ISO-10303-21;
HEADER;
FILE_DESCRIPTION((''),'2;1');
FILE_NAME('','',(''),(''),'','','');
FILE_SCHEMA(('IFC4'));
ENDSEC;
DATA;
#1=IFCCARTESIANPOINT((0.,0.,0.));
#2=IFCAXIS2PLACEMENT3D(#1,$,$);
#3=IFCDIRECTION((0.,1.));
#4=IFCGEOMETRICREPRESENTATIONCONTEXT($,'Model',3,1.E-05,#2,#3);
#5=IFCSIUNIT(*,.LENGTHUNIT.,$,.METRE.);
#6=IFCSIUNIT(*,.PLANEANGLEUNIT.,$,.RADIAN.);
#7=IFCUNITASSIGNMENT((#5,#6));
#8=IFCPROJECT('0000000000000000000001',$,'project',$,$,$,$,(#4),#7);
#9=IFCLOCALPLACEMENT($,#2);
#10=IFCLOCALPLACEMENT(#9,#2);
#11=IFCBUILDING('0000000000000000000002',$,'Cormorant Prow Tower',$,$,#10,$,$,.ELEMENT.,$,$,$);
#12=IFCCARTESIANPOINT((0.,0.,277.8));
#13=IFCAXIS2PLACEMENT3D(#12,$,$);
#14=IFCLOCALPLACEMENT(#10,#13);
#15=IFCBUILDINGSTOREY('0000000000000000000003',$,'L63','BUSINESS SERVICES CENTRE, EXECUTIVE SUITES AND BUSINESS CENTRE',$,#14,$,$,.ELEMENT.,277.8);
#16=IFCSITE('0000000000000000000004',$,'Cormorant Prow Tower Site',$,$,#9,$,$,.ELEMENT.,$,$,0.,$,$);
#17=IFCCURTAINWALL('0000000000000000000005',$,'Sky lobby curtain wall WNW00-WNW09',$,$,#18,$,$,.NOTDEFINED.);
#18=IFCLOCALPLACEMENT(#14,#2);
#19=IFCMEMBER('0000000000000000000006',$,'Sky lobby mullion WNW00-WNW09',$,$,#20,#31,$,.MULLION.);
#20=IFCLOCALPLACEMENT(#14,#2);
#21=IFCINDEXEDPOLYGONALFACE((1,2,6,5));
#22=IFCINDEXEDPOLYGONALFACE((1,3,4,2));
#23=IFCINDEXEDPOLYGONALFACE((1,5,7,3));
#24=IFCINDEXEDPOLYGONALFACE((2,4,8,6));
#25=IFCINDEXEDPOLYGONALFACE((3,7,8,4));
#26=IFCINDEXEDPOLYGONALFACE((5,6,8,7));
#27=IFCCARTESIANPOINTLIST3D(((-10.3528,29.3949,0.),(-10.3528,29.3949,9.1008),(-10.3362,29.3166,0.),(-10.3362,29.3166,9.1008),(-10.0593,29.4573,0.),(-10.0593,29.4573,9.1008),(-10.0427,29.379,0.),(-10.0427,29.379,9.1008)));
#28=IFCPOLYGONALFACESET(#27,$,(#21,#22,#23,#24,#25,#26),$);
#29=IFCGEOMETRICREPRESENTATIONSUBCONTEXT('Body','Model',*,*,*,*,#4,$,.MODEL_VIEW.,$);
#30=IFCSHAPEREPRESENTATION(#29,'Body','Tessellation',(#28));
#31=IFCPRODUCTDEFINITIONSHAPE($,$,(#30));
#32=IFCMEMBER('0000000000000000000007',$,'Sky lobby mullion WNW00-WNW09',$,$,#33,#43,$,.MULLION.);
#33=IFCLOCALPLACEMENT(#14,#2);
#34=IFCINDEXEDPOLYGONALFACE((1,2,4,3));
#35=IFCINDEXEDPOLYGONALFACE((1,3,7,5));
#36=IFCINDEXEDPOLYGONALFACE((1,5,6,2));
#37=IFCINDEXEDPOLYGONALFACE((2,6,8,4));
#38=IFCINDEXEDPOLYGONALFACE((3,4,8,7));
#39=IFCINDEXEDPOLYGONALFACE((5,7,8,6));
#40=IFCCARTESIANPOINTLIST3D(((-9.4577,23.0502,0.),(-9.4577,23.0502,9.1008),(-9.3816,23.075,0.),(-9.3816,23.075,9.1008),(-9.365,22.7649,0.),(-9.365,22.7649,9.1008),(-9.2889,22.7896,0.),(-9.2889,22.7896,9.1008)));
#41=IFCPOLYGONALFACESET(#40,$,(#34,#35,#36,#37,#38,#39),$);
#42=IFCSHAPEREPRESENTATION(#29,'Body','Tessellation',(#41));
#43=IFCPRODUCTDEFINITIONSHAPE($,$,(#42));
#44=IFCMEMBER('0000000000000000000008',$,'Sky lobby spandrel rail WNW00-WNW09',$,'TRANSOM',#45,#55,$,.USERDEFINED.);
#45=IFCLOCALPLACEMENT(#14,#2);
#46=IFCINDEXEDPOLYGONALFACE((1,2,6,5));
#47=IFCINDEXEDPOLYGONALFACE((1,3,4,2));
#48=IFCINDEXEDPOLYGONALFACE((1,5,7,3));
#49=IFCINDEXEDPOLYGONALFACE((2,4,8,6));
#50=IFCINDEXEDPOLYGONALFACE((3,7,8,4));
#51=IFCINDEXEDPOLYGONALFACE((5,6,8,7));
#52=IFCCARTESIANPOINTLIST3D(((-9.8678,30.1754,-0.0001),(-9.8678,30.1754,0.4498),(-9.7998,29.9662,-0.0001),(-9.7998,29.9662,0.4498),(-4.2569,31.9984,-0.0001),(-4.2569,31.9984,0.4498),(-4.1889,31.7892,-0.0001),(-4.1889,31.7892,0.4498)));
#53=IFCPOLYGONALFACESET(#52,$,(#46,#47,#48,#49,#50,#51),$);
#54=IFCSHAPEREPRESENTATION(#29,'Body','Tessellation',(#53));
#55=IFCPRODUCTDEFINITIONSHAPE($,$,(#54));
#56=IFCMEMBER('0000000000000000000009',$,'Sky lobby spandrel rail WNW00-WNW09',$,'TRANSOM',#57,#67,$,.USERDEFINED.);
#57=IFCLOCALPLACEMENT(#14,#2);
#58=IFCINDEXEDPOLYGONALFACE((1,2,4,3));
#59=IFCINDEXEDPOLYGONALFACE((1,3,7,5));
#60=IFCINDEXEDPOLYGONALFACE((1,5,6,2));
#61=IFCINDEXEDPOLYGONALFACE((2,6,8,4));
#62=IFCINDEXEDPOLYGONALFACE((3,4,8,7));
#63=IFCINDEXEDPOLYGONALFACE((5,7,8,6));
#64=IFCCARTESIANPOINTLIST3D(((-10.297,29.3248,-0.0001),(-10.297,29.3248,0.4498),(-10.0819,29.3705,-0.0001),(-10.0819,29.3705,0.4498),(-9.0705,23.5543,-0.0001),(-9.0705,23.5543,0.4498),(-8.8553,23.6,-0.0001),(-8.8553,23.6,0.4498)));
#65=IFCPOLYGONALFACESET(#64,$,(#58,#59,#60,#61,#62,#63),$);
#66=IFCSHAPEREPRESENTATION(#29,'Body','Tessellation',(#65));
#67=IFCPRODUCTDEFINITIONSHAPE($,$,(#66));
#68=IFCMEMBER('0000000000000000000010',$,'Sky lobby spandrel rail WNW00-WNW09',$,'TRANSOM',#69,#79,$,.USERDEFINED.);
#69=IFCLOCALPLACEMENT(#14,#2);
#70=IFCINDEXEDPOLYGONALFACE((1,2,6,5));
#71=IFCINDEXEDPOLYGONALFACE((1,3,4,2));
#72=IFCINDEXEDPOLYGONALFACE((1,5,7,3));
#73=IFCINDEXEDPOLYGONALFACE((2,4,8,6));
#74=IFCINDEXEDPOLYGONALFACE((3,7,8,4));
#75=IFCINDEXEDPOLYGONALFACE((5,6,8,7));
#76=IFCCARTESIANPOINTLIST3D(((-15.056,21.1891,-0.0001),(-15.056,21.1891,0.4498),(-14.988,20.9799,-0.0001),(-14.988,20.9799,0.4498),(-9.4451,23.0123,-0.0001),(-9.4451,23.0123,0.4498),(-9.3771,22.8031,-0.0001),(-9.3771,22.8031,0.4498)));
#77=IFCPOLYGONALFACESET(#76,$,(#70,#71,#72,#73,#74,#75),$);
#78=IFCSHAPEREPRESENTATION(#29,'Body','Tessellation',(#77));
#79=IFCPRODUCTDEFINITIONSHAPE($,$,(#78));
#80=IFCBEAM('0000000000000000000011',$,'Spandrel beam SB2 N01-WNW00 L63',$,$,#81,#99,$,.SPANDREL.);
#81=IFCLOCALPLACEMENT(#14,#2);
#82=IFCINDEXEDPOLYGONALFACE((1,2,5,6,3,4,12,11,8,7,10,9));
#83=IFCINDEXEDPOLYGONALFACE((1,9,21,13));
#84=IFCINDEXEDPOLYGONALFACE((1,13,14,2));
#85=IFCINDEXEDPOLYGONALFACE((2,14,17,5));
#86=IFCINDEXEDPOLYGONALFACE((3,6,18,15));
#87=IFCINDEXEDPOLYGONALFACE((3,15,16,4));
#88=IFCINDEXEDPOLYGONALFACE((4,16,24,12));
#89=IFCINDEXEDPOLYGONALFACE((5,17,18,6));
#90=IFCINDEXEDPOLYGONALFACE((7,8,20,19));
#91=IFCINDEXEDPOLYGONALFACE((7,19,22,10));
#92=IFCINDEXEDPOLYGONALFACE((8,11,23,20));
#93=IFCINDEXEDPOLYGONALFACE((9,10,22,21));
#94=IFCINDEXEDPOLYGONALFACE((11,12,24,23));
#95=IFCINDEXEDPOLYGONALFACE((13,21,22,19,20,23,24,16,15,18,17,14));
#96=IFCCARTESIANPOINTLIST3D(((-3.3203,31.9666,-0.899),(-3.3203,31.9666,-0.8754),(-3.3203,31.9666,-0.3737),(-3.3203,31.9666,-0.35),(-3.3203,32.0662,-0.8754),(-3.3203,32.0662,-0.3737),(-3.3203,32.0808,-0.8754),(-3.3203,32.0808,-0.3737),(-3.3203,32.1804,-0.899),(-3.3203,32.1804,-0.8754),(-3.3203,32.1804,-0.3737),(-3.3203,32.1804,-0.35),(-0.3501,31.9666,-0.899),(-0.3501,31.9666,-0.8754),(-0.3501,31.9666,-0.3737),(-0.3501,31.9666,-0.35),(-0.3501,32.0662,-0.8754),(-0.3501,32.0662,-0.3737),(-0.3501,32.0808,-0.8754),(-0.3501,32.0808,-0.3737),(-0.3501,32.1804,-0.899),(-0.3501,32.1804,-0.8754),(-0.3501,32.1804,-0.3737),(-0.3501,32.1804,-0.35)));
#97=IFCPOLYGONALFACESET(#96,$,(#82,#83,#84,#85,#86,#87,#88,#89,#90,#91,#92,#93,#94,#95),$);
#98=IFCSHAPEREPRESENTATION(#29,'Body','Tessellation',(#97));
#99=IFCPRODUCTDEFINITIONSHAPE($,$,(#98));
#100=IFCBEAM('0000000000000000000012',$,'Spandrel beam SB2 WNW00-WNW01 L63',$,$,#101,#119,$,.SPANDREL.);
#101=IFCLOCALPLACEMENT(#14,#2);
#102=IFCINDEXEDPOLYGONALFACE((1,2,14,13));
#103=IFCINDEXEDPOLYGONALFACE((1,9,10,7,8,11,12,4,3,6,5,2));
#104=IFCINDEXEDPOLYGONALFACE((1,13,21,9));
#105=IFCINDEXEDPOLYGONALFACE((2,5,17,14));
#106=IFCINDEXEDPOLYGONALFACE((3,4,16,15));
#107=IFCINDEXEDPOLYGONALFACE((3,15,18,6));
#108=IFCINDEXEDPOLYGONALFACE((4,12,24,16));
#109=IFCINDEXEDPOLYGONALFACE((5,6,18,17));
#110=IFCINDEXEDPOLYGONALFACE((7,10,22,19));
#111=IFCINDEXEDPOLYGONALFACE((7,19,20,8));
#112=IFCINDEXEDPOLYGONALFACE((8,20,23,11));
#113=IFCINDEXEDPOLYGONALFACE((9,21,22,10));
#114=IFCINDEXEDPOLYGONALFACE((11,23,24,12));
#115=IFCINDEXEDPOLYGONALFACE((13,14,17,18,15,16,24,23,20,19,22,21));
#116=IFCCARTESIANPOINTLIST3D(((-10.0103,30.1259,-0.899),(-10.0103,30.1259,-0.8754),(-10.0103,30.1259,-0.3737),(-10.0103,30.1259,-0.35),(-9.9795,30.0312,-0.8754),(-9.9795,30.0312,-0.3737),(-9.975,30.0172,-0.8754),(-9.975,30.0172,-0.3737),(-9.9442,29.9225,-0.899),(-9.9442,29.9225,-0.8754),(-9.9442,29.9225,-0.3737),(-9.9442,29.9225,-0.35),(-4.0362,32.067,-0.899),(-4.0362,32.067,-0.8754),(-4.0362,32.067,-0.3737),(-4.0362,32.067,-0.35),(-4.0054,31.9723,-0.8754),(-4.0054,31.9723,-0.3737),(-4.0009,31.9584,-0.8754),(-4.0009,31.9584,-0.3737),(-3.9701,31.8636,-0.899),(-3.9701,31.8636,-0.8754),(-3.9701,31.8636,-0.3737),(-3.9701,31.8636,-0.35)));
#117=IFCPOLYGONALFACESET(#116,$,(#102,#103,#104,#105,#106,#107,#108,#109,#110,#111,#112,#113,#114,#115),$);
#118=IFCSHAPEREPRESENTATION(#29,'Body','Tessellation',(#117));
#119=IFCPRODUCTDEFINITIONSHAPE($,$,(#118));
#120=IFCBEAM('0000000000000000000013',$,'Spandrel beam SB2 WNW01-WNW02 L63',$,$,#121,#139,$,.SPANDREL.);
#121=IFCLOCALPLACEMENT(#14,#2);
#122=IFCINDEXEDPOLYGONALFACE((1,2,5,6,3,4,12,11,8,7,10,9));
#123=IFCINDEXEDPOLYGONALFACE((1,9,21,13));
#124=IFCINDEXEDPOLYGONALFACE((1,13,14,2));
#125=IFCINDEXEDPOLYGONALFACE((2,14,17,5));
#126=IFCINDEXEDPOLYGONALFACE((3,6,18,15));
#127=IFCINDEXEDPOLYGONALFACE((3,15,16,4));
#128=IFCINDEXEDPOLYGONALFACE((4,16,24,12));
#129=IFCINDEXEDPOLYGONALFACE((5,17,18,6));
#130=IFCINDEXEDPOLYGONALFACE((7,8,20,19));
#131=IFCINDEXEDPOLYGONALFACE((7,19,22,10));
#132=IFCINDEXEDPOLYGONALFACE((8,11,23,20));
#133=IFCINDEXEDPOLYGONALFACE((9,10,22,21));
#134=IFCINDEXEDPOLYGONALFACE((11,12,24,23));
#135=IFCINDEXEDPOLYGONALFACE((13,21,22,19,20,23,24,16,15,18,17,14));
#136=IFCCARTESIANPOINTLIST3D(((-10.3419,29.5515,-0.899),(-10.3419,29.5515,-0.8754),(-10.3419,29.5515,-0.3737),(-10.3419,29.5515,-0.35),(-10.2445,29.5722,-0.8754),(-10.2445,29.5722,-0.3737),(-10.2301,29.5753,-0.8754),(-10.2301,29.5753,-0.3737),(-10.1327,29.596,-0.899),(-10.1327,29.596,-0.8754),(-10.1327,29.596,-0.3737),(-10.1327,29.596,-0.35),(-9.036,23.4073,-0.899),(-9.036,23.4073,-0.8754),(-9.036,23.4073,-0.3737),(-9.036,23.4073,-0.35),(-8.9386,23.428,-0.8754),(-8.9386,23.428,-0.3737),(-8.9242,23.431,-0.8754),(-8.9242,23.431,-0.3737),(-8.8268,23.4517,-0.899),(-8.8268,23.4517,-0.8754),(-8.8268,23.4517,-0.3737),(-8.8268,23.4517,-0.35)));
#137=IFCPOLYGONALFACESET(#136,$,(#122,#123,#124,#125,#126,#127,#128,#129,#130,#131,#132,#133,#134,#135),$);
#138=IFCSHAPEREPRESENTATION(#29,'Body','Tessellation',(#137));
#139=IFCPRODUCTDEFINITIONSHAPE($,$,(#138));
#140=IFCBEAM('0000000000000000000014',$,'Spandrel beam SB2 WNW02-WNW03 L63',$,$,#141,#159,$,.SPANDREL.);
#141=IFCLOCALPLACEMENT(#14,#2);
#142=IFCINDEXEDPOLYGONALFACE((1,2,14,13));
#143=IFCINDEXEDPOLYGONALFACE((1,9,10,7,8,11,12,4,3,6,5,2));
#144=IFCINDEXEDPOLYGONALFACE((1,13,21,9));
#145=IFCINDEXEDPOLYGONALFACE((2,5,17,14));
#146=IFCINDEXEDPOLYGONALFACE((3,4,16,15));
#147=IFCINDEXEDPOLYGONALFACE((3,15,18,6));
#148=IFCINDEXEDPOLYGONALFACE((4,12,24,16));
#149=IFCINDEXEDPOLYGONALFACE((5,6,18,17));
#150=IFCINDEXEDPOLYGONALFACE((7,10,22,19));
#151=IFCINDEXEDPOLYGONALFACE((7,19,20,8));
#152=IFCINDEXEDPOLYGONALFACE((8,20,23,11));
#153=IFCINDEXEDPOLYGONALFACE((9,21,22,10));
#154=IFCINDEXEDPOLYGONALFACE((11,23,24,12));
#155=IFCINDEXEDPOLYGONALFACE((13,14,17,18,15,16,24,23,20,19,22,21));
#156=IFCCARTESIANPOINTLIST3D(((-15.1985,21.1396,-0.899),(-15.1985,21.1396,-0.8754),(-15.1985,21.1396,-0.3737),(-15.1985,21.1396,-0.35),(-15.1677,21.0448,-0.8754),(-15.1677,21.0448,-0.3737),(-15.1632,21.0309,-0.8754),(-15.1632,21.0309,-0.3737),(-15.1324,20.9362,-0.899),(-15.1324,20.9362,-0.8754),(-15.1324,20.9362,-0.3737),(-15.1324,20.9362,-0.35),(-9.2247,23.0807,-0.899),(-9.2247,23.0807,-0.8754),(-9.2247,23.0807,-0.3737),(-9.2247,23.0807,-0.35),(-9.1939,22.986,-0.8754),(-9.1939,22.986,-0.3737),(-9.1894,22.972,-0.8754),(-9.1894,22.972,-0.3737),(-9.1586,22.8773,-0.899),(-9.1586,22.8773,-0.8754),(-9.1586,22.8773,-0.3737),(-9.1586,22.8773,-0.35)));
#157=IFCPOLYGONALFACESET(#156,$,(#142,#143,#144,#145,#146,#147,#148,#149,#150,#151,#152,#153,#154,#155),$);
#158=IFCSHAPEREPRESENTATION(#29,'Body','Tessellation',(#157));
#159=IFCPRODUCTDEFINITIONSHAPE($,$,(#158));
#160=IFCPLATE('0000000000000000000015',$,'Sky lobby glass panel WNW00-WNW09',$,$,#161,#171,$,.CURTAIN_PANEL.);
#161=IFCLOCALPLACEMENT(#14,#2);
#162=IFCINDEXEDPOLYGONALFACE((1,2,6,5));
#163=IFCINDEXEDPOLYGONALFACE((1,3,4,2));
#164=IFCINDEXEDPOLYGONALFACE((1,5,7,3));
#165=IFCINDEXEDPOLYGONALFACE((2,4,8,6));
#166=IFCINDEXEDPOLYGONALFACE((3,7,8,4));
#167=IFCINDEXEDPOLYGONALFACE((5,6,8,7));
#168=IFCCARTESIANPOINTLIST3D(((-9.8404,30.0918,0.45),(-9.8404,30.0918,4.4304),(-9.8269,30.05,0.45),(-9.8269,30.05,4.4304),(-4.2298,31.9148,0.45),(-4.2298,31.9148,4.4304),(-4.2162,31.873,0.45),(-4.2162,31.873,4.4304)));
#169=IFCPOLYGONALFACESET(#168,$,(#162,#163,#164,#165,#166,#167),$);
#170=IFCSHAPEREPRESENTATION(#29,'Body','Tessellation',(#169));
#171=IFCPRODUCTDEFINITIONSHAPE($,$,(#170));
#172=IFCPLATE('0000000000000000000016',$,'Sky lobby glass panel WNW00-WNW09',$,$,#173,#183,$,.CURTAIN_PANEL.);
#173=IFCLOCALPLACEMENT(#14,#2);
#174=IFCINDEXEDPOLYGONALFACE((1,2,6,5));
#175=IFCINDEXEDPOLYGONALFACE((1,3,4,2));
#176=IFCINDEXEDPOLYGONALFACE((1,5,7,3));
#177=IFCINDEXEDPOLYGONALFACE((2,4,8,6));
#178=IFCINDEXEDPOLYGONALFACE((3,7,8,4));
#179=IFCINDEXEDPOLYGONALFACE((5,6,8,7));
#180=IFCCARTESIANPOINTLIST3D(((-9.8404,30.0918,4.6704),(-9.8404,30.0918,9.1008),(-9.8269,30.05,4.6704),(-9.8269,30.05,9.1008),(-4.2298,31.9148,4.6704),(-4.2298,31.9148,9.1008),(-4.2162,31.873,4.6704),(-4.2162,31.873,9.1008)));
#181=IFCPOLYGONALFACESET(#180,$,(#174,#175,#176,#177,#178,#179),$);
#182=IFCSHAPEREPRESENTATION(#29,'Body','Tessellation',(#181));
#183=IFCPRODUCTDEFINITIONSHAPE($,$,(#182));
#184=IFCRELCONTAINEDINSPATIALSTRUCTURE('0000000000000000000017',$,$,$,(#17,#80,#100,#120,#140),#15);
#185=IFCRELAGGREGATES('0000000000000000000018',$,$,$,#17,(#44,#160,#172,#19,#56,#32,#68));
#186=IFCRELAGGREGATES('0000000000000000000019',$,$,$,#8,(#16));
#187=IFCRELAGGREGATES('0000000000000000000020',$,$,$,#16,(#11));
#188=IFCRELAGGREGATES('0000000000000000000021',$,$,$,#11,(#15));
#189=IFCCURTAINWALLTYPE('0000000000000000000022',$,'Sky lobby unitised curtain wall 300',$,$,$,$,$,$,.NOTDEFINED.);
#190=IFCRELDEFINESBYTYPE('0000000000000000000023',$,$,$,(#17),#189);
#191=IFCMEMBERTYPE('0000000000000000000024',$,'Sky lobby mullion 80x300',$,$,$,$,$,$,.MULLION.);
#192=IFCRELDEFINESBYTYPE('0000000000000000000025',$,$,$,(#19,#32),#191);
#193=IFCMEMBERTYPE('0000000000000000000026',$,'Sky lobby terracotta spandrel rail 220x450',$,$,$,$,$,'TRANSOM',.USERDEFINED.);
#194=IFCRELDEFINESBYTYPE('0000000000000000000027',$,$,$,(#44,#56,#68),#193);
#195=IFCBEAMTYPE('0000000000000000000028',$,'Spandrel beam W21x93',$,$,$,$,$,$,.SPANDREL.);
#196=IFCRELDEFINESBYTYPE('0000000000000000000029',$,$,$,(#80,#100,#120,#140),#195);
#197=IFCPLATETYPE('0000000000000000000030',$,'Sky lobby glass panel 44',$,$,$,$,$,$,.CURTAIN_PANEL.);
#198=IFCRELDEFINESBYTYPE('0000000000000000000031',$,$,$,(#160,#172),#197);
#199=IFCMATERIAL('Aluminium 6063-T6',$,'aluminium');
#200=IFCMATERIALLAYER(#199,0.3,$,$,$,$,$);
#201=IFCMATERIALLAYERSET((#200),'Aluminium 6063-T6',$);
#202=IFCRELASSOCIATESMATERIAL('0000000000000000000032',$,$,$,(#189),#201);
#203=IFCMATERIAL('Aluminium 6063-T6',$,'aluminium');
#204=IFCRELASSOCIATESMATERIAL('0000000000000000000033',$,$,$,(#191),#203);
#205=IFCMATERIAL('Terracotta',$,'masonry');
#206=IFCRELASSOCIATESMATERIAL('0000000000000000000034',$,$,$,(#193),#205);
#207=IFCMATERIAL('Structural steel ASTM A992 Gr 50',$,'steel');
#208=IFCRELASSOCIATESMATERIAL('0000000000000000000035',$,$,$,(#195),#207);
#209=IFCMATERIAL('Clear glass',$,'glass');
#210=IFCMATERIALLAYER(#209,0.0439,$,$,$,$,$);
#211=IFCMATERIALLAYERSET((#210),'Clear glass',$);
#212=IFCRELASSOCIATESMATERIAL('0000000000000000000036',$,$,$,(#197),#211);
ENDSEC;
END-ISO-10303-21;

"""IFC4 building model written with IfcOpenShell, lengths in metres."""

from ifc_helpers import new_model, si_unit, direction, frame, origin, origin_2d, place, context, subcontext, project, spatial, rectangle, i_section, extrude, material, layer, layer_set, material_profile, profile_set, type_object, element, aggregate, save


model = new_model("IFC4")

# Units and contexts
model_context = context("Model", 3, precision=1e-05, world=origin(), true_north=direction((0.0, 1.0)))
body_context = subcontext(model_context, "Body", "Model", "MODEL_VIEW")
ifc_project = project(units=[si_unit("LENGTHUNIT", "METRE"), si_unit("PLANEANGLEUNIT", "RADIAN")], contexts=[model_context])

# Site, building, storey
site_placement = place(None, origin())
site = spatial("IfcSite", under=ifc_project, at=site_placement, Name="Cormorant Prow Tower Site", CompositionType="ELEMENT", RefElevation=0.0)
building_placement = place(site_placement, origin())
building = spatial("IfcBuilding", under=site, at=building_placement, Name="Cormorant Prow Tower", CompositionType="ELEMENT")
storey_placement = place(building_placement, frame((0.0, 0.0, 277.8)))
storey = spatial("IfcBuildingStorey", under=building, at=storey_placement, Name="L63", Description="BUSINESS SERVICES CENTRE, EXECUTIVE SUITES AND BUSINESS CENTRE", CompositionType="ELEMENT", Elevation=277.8)

# Curtain wall, members
ifc_material_1 = material(Name="Aluminium 6063-T6", Category="aluminium")
ifc_layer_1 = layer(ifc_material_1, 0.3)
ifc_layer_set_1 = layer_set([ifc_layer_1], Name="Aluminium 6063-T6")
curtain_wall_type = type_object("IfcCurtainWallType", Name="Sky lobby unitised curtain wall 300", PredefinedType="NOTDEFINED", material=ifc_layer_set_1)
curtain_wall_placement = place(storey_placement, origin())
curtain_wall = element("IfcCurtainWall", 1, at=curtain_wall_placement, inside=storey, type_object=curtain_wall_type, Name="Sky lobby curtain wall WNW00-WNW09", PredefinedType="NOTDEFINED")
ifc_material_2 = material(Name="Aluminium 6063-T6", Category="aluminium")
ifc_material_profile_1 = material_profile(ifc_material_2, rectangle(XDim=0.3, YDim=0.0801, at=origin_2d()), Name="Sky lobby mullion 80x300")
ifc_profile_set_1 = profile_set([ifc_material_profile_1], Name="Aluminium 6063-T6")
member_type_1 = type_object("IfcMemberType", Name="Sky lobby mullion 80x300", PredefinedType="MULLION", material=ifc_profile_set_1)
member_1_placement = place(storey_placement, frame((-10.1978, 29.387, 0.0), z_axis=(0.0, 0.0, 1.0), x_axis=(0.978148, 0.207912, 0.0)))
member_1 = element("IfcMember", 2, at=member_1_placement, type_object=member_type_1, Name="Sky lobby mullion WNW00-WNW09", PredefinedType="MULLION", context=body_context, shape_type="SweptSolid", body=[
    extrude(rectangle(XDim=0.3, YDim=0.0801, at=origin_2d()), origin(), (0.0, 0.0, 1.0), 9.1008),
])
member_2_placement = place(storey_placement, frame((-9.3733, 22.9199, 0.0), z_axis=(0.0, 0.0, 1.0), x_axis=(0.309017, -0.951056, 0.0)))
member_2 = element("IfcMember", 3, at=member_2_placement, type_object=member_type_1, Name="Sky lobby mullion WNW00-WNW09", PredefinedType="MULLION", context=body_context, shape_type="SweptSolid", body=[
    extrude(rectangle(XDim=0.3, YDim=0.0801, at=origin_2d()), origin(), (0.0, 0.0, 1.0), 9.1008),
])
ifc_material_3 = material(Name="Terracotta", Category="masonry")
ifc_material_profile_2 = material_profile(ifc_material_3, rectangle(XDim=0.22, YDim=0.45, at=origin_2d()), Name="Sky lobby terracotta spandrel rail 220x450")
ifc_profile_set_2 = profile_set([ifc_material_profile_2], Name="Terracotta")
member_type_2 = type_object("IfcMemberType", Name="Sky lobby terracotta spandrel rail 220x450", ElementType="TRANSOM", PredefinedType="USERDEFINED", material=ifc_profile_set_2)
member_3_placement = place(storey_placement, frame((-4.2229, 31.8938, 0.2249), z_axis=(-0.95106, -0.309006, 0.0), x_axis=(0.309006, -0.95106, 0.0)))
member_3 = element("IfcMember", 4, at=member_3_placement, type_object=member_type_2, Name="Sky lobby spandrel rail WNW00-WNW09", ObjectType="TRANSOM", PredefinedType="USERDEFINED", context=body_context, shape_type="SweptSolid", body=[
    extrude(rectangle(XDim=0.22, YDim=0.45, at=origin_2d()), origin(), (0.0, 0.0, 1.0), 5.8997),
])
member_4_placement = place(storey_placement, frame((-10.1895, 29.3477, 0.2249), z_axis=(0.207912, -0.978147, 0.0), x_axis=(0.978147, 0.207912, 0.0)))
member_4 = element("IfcMember", 5, at=member_4_placement, type_object=member_type_2, Name="Sky lobby spandrel rail WNW00-WNW09", ObjectType="TRANSOM", PredefinedType="USERDEFINED", context=body_context, shape_type="SweptSolid", body=[
    extrude(rectangle(XDim=0.22, YDim=0.45, at=origin_2d()), origin(), (0.0, 0.0, 1.0), 5.8994),
])
member_5_placement = place(storey_placement, frame((-9.4111, 22.9077, 0.2249), z_axis=(-0.951048, -0.309043, 0.0), x_axis=(0.309043, -0.951048, 0.0)))
member_5 = element("IfcMember", 6, at=member_5_placement, type_object=member_type_2, Name="Sky lobby spandrel rail WNW00-WNW09", ObjectType="TRANSOM", PredefinedType="USERDEFINED", context=body_context, shape_type="SweptSolid", body=[
    extrude(rectangle(XDim=0.22, YDim=0.45, at=origin_2d()), origin(), (0.0, 0.0, 1.0), 5.8997),
])

# Beams
ifc_material_4 = material(Name="Structural steel ASTM A992 Gr 50", Category="steel")
ifc_material_profile_3 = material_profile(ifc_material_4, i_section(OverallWidth=0.2139, OverallDepth=0.5491, WebThickness=0.0146, FlangeThickness=0.0237, at=origin_2d()), Name="W21x93")
ifc_profile_set_3 = profile_set([ifc_material_profile_3], Name="Structural steel ASTM A992 Gr 50")
beam_type_1 = type_object("IfcBeamType", Name="Spandrel beam W21x93", PredefinedType="SPANDREL", material=ifc_profile_set_3)
beam_1_placement = place(storey_placement, frame((-0.3501, 32.0735, -0.6245), z_axis=(-1.0, 0.0, 0.0), x_axis=(0.0, -1.0, 0.0)))
element("IfcBeam", 7, at=beam_1_placement, inside=storey, type_object=beam_type_1, Name="Spandrel beam SB2 N01-WNW00 L63", PredefinedType="SPANDREL", context=body_context, shape_type="SweptSolid", body=[
    extrude(i_section(OverallWidth=0.2139, OverallDepth=0.5491, WebThickness=0.0146, FlangeThickness=0.0237, at=origin_2d()), origin(), (0.0, 0.0, 1.0), 2.9702),
])
for number, where, z_axis, x_axis, name in (
    (8, (-4.0032, 31.9653, -0.6245), (-0.951054, -0.309025, 0.0), (0.309025, -0.951054, 0.0), "Spandrel beam SB2 WNW00-WNW01 L63"),
    (9, (-10.2373, 29.5737, -0.6245), (0.207896, -0.978151, 0.0), (0.978151, 0.207896, 0.0), "Spandrel beam SB2 WNW01-WNW02 L63"),
):
    element("IfcBeam", number, at=place(storey_placement, frame(where, z_axis=z_axis, x_axis=x_axis)), inside=storey, type_object=beam_type_1, Name=name, PredefinedType="SPANDREL", context=body_context, shape_type="SweptSolid", body=[
        extrude(i_section(OverallWidth=0.2139, OverallDepth=0.5491, WebThickness=0.0146, FlangeThickness=0.0237, at=origin_2d()), origin(), (0.0, 0.0, 1.0), 6.2815),
    ])
beam_2_placement = place(storey_placement, frame((-9.1917, 22.979, -0.6245), z_axis=(-0.95105, -0.309036, 0.0), x_axis=(0.309036, -0.95105, 0.0)))
element("IfcBeam", 10, at=beam_2_placement, inside=storey, type_object=beam_type_1, Name="Spandrel beam SB2 WNW02-WNW03 L63", PredefinedType="SPANDREL", context=body_context, shape_type="SweptSolid", body=[
    extrude(i_section(OverallWidth=0.2139, OverallDepth=0.5491, WebThickness=0.0146, FlangeThickness=0.0237, at=origin_2d()), origin(), (0.0, 0.0, 1.0), 6.2812),
])

# Plates
ifc_material_5 = material(Name="Clear glass", Category="glass")
ifc_layer_2 = layer(ifc_material_5, 0.0439)
ifc_layer_set_2 = layer_set([ifc_layer_2], Name="Clear glass")
plate_type = type_object("IfcPlateType", Name="Sky lobby glass panel 44", PredefinedType="CURTAIN_PANEL", material=ifc_layer_set_2)
plate_1_placement = place(storey_placement, frame((-7.0283, 30.9824, 0.45), z_axis=(0.0, 0.0, 1.0), x_axis=(-0.951057, -0.309017, 0.0)))
plate_1 = element("IfcPlate", 11, at=plate_1_placement, type_object=plate_type, Name="Sky lobby glass panel WNW00-WNW09", PredefinedType="CURTAIN_PANEL", context=body_context, shape_type="SweptSolid", body=[
    extrude(rectangle(XDim=5.8994, YDim=0.0439, at=origin_2d()), origin(), (0.0, 0.0, 1.0), 3.9805),
])
plate_2_placement = place(storey_placement, frame((-7.0283, 30.9824, 4.6704), z_axis=(0.0, 0.0, 1.0), x_axis=(-0.951057, -0.309017, 0.0)))
plate_2 = element("IfcPlate", 12, at=plate_2_placement, type_object=plate_type, Name="Sky lobby glass panel WNW00-WNW09", PredefinedType="CURTAIN_PANEL", context=body_context, shape_type="SweptSolid", body=[
    extrude(rectangle(XDim=5.8994, YDim=0.0439, at=origin_2d()), origin(), (0.0, 0.0, 1.0), 4.4304),
])
aggregate(curtain_wall, [member_3, plate_1, plate_2, member_1, member_4, member_2, member_5])

save(model, "model.ifc")
